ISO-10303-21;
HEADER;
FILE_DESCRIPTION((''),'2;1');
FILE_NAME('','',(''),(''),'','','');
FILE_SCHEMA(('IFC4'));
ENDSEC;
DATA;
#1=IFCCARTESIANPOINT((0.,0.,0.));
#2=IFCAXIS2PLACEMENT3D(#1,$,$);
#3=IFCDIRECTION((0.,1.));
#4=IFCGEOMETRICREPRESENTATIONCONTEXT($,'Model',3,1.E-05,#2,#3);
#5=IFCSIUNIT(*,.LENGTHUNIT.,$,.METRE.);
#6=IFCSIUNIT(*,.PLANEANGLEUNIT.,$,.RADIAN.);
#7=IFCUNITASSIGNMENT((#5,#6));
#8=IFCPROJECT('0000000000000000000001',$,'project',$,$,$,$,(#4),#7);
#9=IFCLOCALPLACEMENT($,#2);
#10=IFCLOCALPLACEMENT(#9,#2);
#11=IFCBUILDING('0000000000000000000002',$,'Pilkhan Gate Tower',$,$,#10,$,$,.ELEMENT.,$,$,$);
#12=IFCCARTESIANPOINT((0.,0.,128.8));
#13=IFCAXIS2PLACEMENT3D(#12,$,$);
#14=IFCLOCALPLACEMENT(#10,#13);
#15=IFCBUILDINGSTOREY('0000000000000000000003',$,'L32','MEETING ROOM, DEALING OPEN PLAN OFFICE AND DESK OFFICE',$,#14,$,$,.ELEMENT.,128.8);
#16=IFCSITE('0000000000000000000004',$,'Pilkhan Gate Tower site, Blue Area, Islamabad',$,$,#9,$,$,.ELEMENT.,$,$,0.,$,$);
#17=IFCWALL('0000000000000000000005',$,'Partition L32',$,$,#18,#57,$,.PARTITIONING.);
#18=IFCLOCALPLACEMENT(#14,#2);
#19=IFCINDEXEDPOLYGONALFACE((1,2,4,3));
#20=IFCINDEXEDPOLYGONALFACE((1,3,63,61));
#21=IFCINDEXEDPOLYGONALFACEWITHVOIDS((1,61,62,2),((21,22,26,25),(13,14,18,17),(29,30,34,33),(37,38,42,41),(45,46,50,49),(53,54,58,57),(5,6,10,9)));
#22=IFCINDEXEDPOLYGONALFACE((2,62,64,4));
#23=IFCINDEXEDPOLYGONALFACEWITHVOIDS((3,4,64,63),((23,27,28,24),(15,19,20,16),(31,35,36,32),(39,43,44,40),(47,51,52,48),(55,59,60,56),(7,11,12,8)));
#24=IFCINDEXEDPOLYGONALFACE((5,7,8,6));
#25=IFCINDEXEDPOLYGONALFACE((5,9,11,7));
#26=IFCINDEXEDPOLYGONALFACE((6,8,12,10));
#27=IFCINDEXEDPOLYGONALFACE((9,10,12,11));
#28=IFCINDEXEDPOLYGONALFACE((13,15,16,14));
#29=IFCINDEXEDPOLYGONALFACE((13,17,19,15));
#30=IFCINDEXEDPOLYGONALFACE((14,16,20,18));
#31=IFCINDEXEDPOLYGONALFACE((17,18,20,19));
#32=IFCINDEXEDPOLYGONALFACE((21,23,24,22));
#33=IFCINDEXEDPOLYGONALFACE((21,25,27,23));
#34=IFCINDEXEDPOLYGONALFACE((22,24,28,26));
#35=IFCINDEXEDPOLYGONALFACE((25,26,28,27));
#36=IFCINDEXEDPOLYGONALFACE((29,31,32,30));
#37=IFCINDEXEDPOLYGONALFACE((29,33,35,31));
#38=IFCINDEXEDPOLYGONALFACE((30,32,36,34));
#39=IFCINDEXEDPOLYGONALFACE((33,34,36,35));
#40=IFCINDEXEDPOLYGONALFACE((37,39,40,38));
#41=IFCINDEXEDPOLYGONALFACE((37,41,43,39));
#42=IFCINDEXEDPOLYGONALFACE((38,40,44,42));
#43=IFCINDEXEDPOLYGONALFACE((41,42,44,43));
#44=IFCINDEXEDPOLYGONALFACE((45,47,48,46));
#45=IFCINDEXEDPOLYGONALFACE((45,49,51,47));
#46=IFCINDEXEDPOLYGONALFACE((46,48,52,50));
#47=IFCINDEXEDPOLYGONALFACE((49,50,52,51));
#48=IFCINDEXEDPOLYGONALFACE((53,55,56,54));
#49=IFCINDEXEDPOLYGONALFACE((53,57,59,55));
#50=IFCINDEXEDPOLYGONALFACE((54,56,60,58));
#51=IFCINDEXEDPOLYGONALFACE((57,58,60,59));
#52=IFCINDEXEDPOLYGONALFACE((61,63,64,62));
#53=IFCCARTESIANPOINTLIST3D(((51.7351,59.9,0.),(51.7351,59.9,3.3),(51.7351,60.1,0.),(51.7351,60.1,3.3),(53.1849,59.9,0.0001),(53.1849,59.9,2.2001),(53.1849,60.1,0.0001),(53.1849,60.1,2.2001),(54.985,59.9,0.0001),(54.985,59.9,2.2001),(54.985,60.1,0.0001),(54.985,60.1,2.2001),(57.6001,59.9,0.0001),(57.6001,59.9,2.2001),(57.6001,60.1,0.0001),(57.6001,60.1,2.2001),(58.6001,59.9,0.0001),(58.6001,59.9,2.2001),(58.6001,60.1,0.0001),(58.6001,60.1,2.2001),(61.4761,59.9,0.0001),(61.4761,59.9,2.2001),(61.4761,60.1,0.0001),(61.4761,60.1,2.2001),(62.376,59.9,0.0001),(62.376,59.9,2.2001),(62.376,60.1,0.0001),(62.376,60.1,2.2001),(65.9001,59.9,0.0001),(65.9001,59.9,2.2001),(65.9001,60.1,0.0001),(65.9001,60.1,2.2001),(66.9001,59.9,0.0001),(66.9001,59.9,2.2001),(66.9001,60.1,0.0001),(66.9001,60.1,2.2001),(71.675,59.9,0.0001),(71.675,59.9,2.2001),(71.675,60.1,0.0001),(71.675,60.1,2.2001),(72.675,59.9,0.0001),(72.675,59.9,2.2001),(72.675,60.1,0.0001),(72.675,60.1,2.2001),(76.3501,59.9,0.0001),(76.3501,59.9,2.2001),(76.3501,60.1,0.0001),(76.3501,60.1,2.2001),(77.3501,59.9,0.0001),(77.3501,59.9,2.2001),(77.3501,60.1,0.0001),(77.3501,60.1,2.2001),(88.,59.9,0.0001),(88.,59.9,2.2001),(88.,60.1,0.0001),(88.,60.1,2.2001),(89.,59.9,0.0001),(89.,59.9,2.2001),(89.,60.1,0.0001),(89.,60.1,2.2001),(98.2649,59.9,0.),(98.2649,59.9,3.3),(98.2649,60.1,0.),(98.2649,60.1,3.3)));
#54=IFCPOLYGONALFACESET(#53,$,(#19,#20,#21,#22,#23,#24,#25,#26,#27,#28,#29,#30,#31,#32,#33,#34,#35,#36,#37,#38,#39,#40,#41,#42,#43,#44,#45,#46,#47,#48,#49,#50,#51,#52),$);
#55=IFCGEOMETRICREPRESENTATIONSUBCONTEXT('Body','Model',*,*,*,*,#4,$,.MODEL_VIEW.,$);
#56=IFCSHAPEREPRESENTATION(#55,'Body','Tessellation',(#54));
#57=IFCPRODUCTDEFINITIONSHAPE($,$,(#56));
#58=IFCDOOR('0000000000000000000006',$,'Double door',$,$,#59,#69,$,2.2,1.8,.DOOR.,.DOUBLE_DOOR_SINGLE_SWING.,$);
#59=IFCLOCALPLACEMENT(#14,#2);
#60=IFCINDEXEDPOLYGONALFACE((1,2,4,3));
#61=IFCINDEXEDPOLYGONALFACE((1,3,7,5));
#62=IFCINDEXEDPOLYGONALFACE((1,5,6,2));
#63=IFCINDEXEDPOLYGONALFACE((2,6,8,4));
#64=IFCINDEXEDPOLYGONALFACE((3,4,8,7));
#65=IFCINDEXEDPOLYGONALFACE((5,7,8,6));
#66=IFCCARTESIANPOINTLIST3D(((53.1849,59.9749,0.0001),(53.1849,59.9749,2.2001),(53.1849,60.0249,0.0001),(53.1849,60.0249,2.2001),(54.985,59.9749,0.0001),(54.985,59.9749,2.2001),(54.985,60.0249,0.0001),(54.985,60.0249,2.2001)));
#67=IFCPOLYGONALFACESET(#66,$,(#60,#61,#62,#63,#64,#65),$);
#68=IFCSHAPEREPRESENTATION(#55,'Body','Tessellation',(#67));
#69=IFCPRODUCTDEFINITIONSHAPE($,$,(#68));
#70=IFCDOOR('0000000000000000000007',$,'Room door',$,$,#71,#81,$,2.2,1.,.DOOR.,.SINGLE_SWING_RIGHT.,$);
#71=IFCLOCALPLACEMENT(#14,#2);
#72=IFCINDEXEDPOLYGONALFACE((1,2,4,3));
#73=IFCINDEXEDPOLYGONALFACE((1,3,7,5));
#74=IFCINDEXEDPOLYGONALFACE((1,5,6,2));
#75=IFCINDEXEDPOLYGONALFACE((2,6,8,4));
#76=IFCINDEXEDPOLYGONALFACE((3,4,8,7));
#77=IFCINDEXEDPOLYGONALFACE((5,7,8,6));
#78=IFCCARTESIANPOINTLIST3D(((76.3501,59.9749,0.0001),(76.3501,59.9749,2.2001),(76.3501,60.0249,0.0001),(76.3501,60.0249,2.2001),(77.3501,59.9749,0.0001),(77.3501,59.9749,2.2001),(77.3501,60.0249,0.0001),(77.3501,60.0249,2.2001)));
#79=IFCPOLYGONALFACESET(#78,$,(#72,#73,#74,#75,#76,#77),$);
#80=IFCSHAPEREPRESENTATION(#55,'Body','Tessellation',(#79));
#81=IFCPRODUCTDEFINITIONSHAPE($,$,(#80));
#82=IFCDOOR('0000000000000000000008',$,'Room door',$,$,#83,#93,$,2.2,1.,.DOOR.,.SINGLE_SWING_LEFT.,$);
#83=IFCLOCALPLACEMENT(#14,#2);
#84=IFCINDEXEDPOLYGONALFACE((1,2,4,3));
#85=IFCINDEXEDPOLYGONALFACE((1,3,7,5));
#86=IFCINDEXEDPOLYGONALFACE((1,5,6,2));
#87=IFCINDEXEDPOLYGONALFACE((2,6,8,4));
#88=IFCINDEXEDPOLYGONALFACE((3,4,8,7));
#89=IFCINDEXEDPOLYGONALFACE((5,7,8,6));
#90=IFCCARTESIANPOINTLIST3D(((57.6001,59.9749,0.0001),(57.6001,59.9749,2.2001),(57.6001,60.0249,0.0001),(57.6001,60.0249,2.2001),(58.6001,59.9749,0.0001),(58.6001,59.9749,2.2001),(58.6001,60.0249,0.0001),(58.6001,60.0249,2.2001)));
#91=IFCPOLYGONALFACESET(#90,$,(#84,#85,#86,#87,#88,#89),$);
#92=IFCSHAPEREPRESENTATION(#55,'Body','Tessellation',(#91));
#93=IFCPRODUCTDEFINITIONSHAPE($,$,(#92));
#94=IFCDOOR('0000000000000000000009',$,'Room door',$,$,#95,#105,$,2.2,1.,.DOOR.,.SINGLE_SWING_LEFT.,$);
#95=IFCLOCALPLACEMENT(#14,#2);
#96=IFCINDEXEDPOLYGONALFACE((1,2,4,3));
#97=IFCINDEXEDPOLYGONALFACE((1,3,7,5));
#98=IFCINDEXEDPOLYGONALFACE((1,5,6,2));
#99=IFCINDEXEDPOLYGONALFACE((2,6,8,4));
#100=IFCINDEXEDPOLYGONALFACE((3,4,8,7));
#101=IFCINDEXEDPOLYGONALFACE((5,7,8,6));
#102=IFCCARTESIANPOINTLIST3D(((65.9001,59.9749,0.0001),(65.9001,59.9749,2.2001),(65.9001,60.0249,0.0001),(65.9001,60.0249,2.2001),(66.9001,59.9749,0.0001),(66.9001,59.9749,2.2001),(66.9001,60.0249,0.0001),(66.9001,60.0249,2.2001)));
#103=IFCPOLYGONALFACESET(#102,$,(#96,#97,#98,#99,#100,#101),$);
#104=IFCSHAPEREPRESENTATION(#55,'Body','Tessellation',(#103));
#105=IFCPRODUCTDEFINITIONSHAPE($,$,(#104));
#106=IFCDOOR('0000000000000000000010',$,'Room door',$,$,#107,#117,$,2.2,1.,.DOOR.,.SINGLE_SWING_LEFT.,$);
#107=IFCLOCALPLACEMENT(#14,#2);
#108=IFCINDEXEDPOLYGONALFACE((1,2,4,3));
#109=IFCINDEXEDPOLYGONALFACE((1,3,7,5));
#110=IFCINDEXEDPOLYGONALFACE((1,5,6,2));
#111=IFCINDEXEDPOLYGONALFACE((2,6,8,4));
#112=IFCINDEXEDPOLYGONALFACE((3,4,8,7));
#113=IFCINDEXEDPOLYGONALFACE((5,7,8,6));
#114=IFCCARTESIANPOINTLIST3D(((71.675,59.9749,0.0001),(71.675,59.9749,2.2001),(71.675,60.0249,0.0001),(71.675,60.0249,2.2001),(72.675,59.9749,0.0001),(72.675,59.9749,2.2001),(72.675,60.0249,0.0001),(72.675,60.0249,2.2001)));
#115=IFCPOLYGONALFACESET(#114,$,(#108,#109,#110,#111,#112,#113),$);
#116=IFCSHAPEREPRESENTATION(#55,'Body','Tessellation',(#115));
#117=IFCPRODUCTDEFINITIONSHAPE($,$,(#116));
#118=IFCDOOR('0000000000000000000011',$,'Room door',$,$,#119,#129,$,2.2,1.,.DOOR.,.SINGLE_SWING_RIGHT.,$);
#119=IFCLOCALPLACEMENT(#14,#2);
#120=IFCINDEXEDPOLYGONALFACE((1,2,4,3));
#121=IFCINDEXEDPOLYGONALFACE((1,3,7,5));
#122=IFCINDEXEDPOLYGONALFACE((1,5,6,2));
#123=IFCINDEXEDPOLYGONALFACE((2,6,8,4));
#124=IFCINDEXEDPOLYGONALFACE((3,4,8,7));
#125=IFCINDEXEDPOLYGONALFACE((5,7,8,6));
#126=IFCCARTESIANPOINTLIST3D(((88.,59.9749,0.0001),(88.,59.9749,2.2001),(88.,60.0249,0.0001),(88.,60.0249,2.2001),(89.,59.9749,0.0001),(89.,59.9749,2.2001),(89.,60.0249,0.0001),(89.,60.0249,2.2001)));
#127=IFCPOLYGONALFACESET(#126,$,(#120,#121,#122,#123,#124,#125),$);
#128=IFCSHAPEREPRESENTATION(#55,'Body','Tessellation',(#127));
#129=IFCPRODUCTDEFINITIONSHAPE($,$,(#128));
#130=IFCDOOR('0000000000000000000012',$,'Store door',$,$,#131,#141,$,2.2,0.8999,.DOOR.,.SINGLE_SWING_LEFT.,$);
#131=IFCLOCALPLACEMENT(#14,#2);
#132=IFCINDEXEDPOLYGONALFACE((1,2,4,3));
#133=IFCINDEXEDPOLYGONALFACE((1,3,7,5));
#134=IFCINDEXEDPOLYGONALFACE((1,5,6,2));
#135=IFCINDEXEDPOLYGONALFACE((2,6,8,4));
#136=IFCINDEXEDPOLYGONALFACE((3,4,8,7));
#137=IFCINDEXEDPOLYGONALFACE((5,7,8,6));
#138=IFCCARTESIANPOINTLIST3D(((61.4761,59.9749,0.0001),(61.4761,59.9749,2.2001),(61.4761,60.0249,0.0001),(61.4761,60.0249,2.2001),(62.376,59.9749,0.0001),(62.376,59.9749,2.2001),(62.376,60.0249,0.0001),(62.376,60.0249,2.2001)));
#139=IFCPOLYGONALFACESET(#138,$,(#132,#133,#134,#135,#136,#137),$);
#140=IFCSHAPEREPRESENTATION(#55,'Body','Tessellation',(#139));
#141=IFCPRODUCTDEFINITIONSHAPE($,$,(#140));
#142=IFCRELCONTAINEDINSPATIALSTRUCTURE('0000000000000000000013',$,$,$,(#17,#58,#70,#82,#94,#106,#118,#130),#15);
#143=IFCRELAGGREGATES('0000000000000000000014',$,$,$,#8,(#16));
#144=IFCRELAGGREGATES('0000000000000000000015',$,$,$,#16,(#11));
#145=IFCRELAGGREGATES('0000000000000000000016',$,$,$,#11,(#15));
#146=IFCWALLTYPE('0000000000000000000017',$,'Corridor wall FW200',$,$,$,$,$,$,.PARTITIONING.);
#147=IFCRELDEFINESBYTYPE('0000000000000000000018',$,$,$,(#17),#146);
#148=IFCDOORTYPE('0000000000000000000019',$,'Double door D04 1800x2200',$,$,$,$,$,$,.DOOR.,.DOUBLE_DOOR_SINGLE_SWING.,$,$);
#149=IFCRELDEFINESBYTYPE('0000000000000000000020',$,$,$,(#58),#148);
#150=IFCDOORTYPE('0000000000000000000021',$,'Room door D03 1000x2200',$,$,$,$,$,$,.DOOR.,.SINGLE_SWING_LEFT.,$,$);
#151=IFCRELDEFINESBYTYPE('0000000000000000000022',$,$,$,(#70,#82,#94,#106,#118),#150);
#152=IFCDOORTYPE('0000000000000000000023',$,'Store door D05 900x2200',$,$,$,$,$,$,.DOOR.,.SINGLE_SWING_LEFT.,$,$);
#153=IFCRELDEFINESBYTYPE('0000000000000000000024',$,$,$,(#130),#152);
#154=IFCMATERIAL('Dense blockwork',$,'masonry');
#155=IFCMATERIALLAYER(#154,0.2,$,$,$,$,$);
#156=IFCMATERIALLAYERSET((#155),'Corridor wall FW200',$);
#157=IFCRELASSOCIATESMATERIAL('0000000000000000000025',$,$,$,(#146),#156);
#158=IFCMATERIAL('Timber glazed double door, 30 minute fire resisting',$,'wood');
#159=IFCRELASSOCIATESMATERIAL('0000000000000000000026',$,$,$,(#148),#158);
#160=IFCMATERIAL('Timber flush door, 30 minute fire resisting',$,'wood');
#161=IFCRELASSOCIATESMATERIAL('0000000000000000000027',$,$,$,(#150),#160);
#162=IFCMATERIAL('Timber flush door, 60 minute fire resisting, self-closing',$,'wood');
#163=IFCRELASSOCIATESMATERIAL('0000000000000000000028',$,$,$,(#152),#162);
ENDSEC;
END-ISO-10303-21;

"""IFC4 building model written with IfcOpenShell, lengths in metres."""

from ifc_helpers import new_model, si_unit, direction, frame, frame_2d, origin, place, context, subcontext, project, spatial, rectangle, extrude, material, layer, layer_set, type_object, element, fill, save


model = new_model("IFC4")

# Units and contexts
model_context = context("Model", 3, precision=1e-05, world=origin(), true_north=direction((0.0, 1.0)))
body_context = subcontext(model_context, "Body", "Model", "MODEL_VIEW")
ifc_project = project(units=[si_unit("LENGTHUNIT", "METRE"), si_unit("PLANEANGLEUNIT", "RADIAN")], contexts=[model_context])

# Site, building, storey
site_placement = place(None, origin())
site = spatial("IfcSite", under=ifc_project, at=site_placement, Name="Pilkhan Gate Tower site, Blue Area, Islamabad", CompositionType="ELEMENT", RefElevation=0.0)
building_placement = place(site_placement, origin())
building = spatial("IfcBuilding", under=site, at=building_placement, Name="Pilkhan Gate Tower", CompositionType="ELEMENT")
storey_placement = place(building_placement, frame((0.0, 0.0, 128.8)))
storey = spatial("IfcBuildingStorey", under=building, at=storey_placement, Name="L32", Description="MEETING ROOM, DEALING OPEN PLAN OFFICE AND DESK OFFICE", CompositionType="ELEMENT", Elevation=128.8)

# Wall, openings, doors
ifc_material_1 = material(Name="Dense blockwork", Category="masonry")
ifc_layer_1 = layer(ifc_material_1, 0.2)
ifc_layer_set_1 = layer_set([ifc_layer_1], Name="Corridor wall FW200")
wall_type_1 = type_object("IfcWallType", Name="Corridor wall FW200", PredefinedType="PARTITIONING", material=ifc_layer_set_1)
wall_1_placement = place(storey_placement, frame((51.7351, 60.0, 0.0), z_axis=(0.0, 0.0, 1.0), x_axis=(1.0, 0.0, 0.0)))
wall_1 = element("IfcWall", 1, at=wall_1_placement, inside=storey, type_object=wall_type_1, Name="Partition L32", PredefinedType="PARTITIONING", context=body_context, shape_type="SweptSolid", body=[
    extrude(rectangle(XDim=46.5298, YDim=0.2, at=frame_2d((23.2649, 0.0))), origin(), (0.0, 0.0, 1.0), 3.3),
])
opening_1_placement = place(wall_1_placement, frame((24.615, 0.0, 0.0)))
opening_1 = element("IfcOpeningElement", 2, at=opening_1_placement, cuts=wall_1, PredefinedType="OPENING", context=body_context, shape_type="SweptSolid", body=[
    extrude(rectangle(XDim=1.0, YDim=2.2, at=frame_2d((0.5, 1.1001))), frame((0.0, 0.1099, 0.0), z_axis=(0.0, -1.0, 0.0), x_axis=(1.0, 0.0, 0.0)), (0.0, 0.0, 1.0), 0.22),
])
opening_2_placement = place(wall_1_placement, frame((1.45, 0.0, 0.0)))
opening_2 = element("IfcOpeningElement", 3, at=opening_2_placement, cuts=wall_1, PredefinedType="OPENING", context=body_context, shape_type="SweptSolid", body=[
    extrude(rectangle(XDim=1.8, YDim=2.2, at=frame_2d((0.8999, 1.1001))), frame((0.0, 0.1099, 0.0), z_axis=(0.0, -1.0, 0.0), x_axis=(1.0, 0.0, 0.0)), (0.0, 0.0, 1.0), 0.22),
])
opening_3_placement = place(wall_1_placement, frame((5.865, 0.0, 0.0)))
opening_3 = element("IfcOpeningElement", 4, at=opening_3_placement, cuts=wall_1, PredefinedType="OPENING", context=body_context, shape_type="SweptSolid", body=[
    extrude(rectangle(XDim=1.0, YDim=2.2, at=frame_2d((0.5, 1.1001))), frame((0.0, 0.1099, 0.0), z_axis=(0.0, -1.0, 0.0), x_axis=(1.0, 0.0, 0.0)), (0.0, 0.0, 1.0), 0.22),
])
opening_4_placement = place(wall_1_placement, frame((9.741, 0.0, 0.0)))
opening_4 = element("IfcOpeningElement", 5, at=opening_4_placement, cuts=wall_1, PredefinedType="OPENING", context=body_context, shape_type="SweptSolid", body=[
    extrude(rectangle(XDim=0.8999, YDim=2.2, at=frame_2d((0.45, 1.1001))), frame((0.0, 0.1099, 0.0), z_axis=(0.0, -1.0, 0.0), x_axis=(1.0, 0.0, 0.0)), (0.0, 0.0, 1.0), 0.22),
])
opening_5_placement = place(wall_1_placement, frame((14.165, 0.0, 0.0)))
opening_5 = element("IfcOpeningElement", 6, at=opening_5_placement, cuts=wall_1, PredefinedType="OPENING", context=body_context, shape_type="SweptSolid", body=[
    extrude(rectangle(XDim=1.0, YDim=2.2, at=frame_2d((0.5, 1.1001))), frame((0.0, 0.1099, 0.0), z_axis=(0.0, -1.0, 0.0), x_axis=(1.0, 0.0, 0.0)), (0.0, 0.0, 1.0), 0.22),
])
opening_6_placement = place(wall_1_placement, frame((19.9399, 0.0, 0.0)))
opening_6 = element("IfcOpeningElement", 7, at=opening_6_placement, cuts=wall_1, PredefinedType="OPENING", context=body_context, shape_type="SweptSolid", body=[
    extrude(rectangle(XDim=1.0, YDim=2.2, at=frame_2d((0.5, 1.1001))), frame((0.0, 0.1099, 0.0), z_axis=(0.0, -1.0, 0.0), x_axis=(1.0, 0.0, 0.0)), (0.0, 0.0, 1.0), 0.22),
])
opening_7_placement = place(wall_1_placement, frame((36.2649, 0.0, 0.0)))
opening_7 = element("IfcOpeningElement", 8, at=opening_7_placement, cuts=wall_1, PredefinedType="OPENING", context=body_context, shape_type="SweptSolid", body=[
    extrude(rectangle(XDim=1.0, YDim=2.2, at=frame_2d((0.5, 1.1001))), frame((0.0, 0.1099, 0.0), z_axis=(0.0, -1.0, 0.0), x_axis=(1.0, 0.0, 0.0)), (0.0, 0.0, 1.0), 0.22),
])
ifc_material_2 = material(Name="Timber glazed double door, 30 minute fire resisting", Category="wood")
door_type_1 = type_object("IfcDoorType", Name="Double door D04 1800x2200", OperationType="DOUBLE_DOOR_SINGLE_SWING", PredefinedType="DOOR", material=ifc_material_2)
door_1_placement = place(opening_2_placement, origin())
door_1 = element("IfcDoor", 9, at=door_1_placement, inside=storey, type_object=door_type_1, Name="Double door", OperationType="DOUBLE_DOOR_SINGLE_SWING", OverallHeight=2.2, OverallWidth=1.8, PredefinedType="DOOR", context=body_context, shape_type="SweptSolid", body=[
    extrude(rectangle(XDim=1.8, YDim=2.2, at=frame_2d((0.8999, 1.1001))), frame((0.0, 0.0249, 0.0), z_axis=(0.0, -1.0, 0.0), x_axis=(1.0, 0.0, 0.0)), (0.0, 0.0, 1.0), 0.05),
])
fill(opening_2, door_1)
ifc_material_3 = material(Name="Timber flush door, 30 minute fire resisting", Category="wood")
door_type_2 = type_object("IfcDoorType", Name="Room door D03 1000x2200", OperationType="SINGLE_SWING_LEFT", PredefinedType="DOOR", material=ifc_material_3)
door_2_placement = place(opening_1_placement, origin())
door_2 = element("IfcDoor", 10, at=door_2_placement, inside=storey, type_object=door_type_2, Name="Room door", OperationType="SINGLE_SWING_RIGHT", OverallHeight=2.2, OverallWidth=1.0, PredefinedType="DOOR", context=body_context, shape_type="SweptSolid", body=[
    extrude(rectangle(XDim=1.0, YDim=2.2, at=frame_2d((0.5, 1.1001))), frame((0.0, 0.0249, 0.0), z_axis=(0.0, -1.0, 0.0), x_axis=(1.0, 0.0, 0.0)), (0.0, 0.0, 1.0), 0.05),
])
fill(opening_1, door_2)
door_3_placement = place(opening_3_placement, origin())
door_3 = element("IfcDoor", 11, at=door_3_placement, inside=storey, type_object=door_type_2, Name="Room door", OperationType="SINGLE_SWING_LEFT", OverallHeight=2.2, OverallWidth=1.0, PredefinedType="DOOR", context=body_context, shape_type="SweptSolid", body=[
    extrude(rectangle(XDim=1.0, YDim=2.2, at=frame_2d((0.5, 1.1001))), frame((0.0, 0.0249, 0.0), z_axis=(0.0, -1.0, 0.0), x_axis=(1.0, 0.0, 0.0)), (0.0, 0.0, 1.0), 0.05),
])
fill(opening_3, door_3)
door_4_placement = place(opening_5_placement, origin())
door_4 = element("IfcDoor", 12, at=door_4_placement, inside=storey, type_object=door_type_2, Name="Room door", OperationType="SINGLE_SWING_LEFT", OverallHeight=2.2, OverallWidth=1.0, PredefinedType="DOOR", context=body_context, shape_type="SweptSolid", body=[
    extrude(rectangle(XDim=1.0, YDim=2.2, at=frame_2d((0.5, 1.1001))), frame((0.0, 0.0249, 0.0), z_axis=(0.0, -1.0, 0.0), x_axis=(1.0, 0.0, 0.0)), (0.0, 0.0, 1.0), 0.05),
])
fill(opening_5, door_4)
door_5_placement = place(opening_6_placement, origin())
door_5 = element("IfcDoor", 13, at=door_5_placement, inside=storey, type_object=door_type_2, Name="Room door", OperationType="SINGLE_SWING_LEFT", OverallHeight=2.2, OverallWidth=1.0, PredefinedType="DOOR", context=body_context, shape_type="SweptSolid", body=[
    extrude(rectangle(XDim=1.0, YDim=2.2, at=frame_2d((0.5, 1.1001))), frame((0.0, 0.0249, 0.0), z_axis=(0.0, -1.0, 0.0), x_axis=(1.0, 0.0, 0.0)), (0.0, 0.0, 1.0), 0.05),
])
fill(opening_6, door_5)
door_6_placement = place(opening_7_placement, origin())
door_6 = element("IfcDoor", 14, at=door_6_placement, inside=storey, type_object=door_type_2, Name="Room door", OperationType="SINGLE_SWING_RIGHT", OverallHeight=2.2, OverallWidth=1.0, PredefinedType="DOOR", context=body_context, shape_type="SweptSolid", body=[
    extrude(rectangle(XDim=1.0, YDim=2.2, at=frame_2d((0.5, 1.1001))), frame((0.0, 0.0249, 0.0), z_axis=(0.0, -1.0, 0.0), x_axis=(1.0, 0.0, 0.0)), (0.0, 0.0, 1.0), 0.05),
])
fill(opening_7, door_6)
ifc_material_4 = material(Name="Timber flush door, 60 minute fire resisting, self-closing", Category="wood")
door_type_3 = type_object("IfcDoorType", Name="Store door D05 900x2200", OperationType="SINGLE_SWING_LEFT", PredefinedType="DOOR", material=ifc_material_4)
door_7_placement = place(opening_4_placement, origin())
door_7 = element("IfcDoor", 15, at=door_7_placement, inside=storey, type_object=door_type_3, Name="Store door", OperationType="SINGLE_SWING_LEFT", OverallHeight=2.2, OverallWidth=0.8999, PredefinedType="DOOR", context=body_context, shape_type="SweptSolid", body=[
    extrude(rectangle(XDim=0.8999, YDim=2.2, at=frame_2d((0.45, 1.1001))), frame((0.0, 0.0249, 0.0), z_axis=(0.0, -1.0, 0.0), x_axis=(1.0, 0.0, 0.0)), (0.0, 0.0, 1.0), 0.05),
])
fill(opening_4, door_7)

save(model, "model.ifc")
